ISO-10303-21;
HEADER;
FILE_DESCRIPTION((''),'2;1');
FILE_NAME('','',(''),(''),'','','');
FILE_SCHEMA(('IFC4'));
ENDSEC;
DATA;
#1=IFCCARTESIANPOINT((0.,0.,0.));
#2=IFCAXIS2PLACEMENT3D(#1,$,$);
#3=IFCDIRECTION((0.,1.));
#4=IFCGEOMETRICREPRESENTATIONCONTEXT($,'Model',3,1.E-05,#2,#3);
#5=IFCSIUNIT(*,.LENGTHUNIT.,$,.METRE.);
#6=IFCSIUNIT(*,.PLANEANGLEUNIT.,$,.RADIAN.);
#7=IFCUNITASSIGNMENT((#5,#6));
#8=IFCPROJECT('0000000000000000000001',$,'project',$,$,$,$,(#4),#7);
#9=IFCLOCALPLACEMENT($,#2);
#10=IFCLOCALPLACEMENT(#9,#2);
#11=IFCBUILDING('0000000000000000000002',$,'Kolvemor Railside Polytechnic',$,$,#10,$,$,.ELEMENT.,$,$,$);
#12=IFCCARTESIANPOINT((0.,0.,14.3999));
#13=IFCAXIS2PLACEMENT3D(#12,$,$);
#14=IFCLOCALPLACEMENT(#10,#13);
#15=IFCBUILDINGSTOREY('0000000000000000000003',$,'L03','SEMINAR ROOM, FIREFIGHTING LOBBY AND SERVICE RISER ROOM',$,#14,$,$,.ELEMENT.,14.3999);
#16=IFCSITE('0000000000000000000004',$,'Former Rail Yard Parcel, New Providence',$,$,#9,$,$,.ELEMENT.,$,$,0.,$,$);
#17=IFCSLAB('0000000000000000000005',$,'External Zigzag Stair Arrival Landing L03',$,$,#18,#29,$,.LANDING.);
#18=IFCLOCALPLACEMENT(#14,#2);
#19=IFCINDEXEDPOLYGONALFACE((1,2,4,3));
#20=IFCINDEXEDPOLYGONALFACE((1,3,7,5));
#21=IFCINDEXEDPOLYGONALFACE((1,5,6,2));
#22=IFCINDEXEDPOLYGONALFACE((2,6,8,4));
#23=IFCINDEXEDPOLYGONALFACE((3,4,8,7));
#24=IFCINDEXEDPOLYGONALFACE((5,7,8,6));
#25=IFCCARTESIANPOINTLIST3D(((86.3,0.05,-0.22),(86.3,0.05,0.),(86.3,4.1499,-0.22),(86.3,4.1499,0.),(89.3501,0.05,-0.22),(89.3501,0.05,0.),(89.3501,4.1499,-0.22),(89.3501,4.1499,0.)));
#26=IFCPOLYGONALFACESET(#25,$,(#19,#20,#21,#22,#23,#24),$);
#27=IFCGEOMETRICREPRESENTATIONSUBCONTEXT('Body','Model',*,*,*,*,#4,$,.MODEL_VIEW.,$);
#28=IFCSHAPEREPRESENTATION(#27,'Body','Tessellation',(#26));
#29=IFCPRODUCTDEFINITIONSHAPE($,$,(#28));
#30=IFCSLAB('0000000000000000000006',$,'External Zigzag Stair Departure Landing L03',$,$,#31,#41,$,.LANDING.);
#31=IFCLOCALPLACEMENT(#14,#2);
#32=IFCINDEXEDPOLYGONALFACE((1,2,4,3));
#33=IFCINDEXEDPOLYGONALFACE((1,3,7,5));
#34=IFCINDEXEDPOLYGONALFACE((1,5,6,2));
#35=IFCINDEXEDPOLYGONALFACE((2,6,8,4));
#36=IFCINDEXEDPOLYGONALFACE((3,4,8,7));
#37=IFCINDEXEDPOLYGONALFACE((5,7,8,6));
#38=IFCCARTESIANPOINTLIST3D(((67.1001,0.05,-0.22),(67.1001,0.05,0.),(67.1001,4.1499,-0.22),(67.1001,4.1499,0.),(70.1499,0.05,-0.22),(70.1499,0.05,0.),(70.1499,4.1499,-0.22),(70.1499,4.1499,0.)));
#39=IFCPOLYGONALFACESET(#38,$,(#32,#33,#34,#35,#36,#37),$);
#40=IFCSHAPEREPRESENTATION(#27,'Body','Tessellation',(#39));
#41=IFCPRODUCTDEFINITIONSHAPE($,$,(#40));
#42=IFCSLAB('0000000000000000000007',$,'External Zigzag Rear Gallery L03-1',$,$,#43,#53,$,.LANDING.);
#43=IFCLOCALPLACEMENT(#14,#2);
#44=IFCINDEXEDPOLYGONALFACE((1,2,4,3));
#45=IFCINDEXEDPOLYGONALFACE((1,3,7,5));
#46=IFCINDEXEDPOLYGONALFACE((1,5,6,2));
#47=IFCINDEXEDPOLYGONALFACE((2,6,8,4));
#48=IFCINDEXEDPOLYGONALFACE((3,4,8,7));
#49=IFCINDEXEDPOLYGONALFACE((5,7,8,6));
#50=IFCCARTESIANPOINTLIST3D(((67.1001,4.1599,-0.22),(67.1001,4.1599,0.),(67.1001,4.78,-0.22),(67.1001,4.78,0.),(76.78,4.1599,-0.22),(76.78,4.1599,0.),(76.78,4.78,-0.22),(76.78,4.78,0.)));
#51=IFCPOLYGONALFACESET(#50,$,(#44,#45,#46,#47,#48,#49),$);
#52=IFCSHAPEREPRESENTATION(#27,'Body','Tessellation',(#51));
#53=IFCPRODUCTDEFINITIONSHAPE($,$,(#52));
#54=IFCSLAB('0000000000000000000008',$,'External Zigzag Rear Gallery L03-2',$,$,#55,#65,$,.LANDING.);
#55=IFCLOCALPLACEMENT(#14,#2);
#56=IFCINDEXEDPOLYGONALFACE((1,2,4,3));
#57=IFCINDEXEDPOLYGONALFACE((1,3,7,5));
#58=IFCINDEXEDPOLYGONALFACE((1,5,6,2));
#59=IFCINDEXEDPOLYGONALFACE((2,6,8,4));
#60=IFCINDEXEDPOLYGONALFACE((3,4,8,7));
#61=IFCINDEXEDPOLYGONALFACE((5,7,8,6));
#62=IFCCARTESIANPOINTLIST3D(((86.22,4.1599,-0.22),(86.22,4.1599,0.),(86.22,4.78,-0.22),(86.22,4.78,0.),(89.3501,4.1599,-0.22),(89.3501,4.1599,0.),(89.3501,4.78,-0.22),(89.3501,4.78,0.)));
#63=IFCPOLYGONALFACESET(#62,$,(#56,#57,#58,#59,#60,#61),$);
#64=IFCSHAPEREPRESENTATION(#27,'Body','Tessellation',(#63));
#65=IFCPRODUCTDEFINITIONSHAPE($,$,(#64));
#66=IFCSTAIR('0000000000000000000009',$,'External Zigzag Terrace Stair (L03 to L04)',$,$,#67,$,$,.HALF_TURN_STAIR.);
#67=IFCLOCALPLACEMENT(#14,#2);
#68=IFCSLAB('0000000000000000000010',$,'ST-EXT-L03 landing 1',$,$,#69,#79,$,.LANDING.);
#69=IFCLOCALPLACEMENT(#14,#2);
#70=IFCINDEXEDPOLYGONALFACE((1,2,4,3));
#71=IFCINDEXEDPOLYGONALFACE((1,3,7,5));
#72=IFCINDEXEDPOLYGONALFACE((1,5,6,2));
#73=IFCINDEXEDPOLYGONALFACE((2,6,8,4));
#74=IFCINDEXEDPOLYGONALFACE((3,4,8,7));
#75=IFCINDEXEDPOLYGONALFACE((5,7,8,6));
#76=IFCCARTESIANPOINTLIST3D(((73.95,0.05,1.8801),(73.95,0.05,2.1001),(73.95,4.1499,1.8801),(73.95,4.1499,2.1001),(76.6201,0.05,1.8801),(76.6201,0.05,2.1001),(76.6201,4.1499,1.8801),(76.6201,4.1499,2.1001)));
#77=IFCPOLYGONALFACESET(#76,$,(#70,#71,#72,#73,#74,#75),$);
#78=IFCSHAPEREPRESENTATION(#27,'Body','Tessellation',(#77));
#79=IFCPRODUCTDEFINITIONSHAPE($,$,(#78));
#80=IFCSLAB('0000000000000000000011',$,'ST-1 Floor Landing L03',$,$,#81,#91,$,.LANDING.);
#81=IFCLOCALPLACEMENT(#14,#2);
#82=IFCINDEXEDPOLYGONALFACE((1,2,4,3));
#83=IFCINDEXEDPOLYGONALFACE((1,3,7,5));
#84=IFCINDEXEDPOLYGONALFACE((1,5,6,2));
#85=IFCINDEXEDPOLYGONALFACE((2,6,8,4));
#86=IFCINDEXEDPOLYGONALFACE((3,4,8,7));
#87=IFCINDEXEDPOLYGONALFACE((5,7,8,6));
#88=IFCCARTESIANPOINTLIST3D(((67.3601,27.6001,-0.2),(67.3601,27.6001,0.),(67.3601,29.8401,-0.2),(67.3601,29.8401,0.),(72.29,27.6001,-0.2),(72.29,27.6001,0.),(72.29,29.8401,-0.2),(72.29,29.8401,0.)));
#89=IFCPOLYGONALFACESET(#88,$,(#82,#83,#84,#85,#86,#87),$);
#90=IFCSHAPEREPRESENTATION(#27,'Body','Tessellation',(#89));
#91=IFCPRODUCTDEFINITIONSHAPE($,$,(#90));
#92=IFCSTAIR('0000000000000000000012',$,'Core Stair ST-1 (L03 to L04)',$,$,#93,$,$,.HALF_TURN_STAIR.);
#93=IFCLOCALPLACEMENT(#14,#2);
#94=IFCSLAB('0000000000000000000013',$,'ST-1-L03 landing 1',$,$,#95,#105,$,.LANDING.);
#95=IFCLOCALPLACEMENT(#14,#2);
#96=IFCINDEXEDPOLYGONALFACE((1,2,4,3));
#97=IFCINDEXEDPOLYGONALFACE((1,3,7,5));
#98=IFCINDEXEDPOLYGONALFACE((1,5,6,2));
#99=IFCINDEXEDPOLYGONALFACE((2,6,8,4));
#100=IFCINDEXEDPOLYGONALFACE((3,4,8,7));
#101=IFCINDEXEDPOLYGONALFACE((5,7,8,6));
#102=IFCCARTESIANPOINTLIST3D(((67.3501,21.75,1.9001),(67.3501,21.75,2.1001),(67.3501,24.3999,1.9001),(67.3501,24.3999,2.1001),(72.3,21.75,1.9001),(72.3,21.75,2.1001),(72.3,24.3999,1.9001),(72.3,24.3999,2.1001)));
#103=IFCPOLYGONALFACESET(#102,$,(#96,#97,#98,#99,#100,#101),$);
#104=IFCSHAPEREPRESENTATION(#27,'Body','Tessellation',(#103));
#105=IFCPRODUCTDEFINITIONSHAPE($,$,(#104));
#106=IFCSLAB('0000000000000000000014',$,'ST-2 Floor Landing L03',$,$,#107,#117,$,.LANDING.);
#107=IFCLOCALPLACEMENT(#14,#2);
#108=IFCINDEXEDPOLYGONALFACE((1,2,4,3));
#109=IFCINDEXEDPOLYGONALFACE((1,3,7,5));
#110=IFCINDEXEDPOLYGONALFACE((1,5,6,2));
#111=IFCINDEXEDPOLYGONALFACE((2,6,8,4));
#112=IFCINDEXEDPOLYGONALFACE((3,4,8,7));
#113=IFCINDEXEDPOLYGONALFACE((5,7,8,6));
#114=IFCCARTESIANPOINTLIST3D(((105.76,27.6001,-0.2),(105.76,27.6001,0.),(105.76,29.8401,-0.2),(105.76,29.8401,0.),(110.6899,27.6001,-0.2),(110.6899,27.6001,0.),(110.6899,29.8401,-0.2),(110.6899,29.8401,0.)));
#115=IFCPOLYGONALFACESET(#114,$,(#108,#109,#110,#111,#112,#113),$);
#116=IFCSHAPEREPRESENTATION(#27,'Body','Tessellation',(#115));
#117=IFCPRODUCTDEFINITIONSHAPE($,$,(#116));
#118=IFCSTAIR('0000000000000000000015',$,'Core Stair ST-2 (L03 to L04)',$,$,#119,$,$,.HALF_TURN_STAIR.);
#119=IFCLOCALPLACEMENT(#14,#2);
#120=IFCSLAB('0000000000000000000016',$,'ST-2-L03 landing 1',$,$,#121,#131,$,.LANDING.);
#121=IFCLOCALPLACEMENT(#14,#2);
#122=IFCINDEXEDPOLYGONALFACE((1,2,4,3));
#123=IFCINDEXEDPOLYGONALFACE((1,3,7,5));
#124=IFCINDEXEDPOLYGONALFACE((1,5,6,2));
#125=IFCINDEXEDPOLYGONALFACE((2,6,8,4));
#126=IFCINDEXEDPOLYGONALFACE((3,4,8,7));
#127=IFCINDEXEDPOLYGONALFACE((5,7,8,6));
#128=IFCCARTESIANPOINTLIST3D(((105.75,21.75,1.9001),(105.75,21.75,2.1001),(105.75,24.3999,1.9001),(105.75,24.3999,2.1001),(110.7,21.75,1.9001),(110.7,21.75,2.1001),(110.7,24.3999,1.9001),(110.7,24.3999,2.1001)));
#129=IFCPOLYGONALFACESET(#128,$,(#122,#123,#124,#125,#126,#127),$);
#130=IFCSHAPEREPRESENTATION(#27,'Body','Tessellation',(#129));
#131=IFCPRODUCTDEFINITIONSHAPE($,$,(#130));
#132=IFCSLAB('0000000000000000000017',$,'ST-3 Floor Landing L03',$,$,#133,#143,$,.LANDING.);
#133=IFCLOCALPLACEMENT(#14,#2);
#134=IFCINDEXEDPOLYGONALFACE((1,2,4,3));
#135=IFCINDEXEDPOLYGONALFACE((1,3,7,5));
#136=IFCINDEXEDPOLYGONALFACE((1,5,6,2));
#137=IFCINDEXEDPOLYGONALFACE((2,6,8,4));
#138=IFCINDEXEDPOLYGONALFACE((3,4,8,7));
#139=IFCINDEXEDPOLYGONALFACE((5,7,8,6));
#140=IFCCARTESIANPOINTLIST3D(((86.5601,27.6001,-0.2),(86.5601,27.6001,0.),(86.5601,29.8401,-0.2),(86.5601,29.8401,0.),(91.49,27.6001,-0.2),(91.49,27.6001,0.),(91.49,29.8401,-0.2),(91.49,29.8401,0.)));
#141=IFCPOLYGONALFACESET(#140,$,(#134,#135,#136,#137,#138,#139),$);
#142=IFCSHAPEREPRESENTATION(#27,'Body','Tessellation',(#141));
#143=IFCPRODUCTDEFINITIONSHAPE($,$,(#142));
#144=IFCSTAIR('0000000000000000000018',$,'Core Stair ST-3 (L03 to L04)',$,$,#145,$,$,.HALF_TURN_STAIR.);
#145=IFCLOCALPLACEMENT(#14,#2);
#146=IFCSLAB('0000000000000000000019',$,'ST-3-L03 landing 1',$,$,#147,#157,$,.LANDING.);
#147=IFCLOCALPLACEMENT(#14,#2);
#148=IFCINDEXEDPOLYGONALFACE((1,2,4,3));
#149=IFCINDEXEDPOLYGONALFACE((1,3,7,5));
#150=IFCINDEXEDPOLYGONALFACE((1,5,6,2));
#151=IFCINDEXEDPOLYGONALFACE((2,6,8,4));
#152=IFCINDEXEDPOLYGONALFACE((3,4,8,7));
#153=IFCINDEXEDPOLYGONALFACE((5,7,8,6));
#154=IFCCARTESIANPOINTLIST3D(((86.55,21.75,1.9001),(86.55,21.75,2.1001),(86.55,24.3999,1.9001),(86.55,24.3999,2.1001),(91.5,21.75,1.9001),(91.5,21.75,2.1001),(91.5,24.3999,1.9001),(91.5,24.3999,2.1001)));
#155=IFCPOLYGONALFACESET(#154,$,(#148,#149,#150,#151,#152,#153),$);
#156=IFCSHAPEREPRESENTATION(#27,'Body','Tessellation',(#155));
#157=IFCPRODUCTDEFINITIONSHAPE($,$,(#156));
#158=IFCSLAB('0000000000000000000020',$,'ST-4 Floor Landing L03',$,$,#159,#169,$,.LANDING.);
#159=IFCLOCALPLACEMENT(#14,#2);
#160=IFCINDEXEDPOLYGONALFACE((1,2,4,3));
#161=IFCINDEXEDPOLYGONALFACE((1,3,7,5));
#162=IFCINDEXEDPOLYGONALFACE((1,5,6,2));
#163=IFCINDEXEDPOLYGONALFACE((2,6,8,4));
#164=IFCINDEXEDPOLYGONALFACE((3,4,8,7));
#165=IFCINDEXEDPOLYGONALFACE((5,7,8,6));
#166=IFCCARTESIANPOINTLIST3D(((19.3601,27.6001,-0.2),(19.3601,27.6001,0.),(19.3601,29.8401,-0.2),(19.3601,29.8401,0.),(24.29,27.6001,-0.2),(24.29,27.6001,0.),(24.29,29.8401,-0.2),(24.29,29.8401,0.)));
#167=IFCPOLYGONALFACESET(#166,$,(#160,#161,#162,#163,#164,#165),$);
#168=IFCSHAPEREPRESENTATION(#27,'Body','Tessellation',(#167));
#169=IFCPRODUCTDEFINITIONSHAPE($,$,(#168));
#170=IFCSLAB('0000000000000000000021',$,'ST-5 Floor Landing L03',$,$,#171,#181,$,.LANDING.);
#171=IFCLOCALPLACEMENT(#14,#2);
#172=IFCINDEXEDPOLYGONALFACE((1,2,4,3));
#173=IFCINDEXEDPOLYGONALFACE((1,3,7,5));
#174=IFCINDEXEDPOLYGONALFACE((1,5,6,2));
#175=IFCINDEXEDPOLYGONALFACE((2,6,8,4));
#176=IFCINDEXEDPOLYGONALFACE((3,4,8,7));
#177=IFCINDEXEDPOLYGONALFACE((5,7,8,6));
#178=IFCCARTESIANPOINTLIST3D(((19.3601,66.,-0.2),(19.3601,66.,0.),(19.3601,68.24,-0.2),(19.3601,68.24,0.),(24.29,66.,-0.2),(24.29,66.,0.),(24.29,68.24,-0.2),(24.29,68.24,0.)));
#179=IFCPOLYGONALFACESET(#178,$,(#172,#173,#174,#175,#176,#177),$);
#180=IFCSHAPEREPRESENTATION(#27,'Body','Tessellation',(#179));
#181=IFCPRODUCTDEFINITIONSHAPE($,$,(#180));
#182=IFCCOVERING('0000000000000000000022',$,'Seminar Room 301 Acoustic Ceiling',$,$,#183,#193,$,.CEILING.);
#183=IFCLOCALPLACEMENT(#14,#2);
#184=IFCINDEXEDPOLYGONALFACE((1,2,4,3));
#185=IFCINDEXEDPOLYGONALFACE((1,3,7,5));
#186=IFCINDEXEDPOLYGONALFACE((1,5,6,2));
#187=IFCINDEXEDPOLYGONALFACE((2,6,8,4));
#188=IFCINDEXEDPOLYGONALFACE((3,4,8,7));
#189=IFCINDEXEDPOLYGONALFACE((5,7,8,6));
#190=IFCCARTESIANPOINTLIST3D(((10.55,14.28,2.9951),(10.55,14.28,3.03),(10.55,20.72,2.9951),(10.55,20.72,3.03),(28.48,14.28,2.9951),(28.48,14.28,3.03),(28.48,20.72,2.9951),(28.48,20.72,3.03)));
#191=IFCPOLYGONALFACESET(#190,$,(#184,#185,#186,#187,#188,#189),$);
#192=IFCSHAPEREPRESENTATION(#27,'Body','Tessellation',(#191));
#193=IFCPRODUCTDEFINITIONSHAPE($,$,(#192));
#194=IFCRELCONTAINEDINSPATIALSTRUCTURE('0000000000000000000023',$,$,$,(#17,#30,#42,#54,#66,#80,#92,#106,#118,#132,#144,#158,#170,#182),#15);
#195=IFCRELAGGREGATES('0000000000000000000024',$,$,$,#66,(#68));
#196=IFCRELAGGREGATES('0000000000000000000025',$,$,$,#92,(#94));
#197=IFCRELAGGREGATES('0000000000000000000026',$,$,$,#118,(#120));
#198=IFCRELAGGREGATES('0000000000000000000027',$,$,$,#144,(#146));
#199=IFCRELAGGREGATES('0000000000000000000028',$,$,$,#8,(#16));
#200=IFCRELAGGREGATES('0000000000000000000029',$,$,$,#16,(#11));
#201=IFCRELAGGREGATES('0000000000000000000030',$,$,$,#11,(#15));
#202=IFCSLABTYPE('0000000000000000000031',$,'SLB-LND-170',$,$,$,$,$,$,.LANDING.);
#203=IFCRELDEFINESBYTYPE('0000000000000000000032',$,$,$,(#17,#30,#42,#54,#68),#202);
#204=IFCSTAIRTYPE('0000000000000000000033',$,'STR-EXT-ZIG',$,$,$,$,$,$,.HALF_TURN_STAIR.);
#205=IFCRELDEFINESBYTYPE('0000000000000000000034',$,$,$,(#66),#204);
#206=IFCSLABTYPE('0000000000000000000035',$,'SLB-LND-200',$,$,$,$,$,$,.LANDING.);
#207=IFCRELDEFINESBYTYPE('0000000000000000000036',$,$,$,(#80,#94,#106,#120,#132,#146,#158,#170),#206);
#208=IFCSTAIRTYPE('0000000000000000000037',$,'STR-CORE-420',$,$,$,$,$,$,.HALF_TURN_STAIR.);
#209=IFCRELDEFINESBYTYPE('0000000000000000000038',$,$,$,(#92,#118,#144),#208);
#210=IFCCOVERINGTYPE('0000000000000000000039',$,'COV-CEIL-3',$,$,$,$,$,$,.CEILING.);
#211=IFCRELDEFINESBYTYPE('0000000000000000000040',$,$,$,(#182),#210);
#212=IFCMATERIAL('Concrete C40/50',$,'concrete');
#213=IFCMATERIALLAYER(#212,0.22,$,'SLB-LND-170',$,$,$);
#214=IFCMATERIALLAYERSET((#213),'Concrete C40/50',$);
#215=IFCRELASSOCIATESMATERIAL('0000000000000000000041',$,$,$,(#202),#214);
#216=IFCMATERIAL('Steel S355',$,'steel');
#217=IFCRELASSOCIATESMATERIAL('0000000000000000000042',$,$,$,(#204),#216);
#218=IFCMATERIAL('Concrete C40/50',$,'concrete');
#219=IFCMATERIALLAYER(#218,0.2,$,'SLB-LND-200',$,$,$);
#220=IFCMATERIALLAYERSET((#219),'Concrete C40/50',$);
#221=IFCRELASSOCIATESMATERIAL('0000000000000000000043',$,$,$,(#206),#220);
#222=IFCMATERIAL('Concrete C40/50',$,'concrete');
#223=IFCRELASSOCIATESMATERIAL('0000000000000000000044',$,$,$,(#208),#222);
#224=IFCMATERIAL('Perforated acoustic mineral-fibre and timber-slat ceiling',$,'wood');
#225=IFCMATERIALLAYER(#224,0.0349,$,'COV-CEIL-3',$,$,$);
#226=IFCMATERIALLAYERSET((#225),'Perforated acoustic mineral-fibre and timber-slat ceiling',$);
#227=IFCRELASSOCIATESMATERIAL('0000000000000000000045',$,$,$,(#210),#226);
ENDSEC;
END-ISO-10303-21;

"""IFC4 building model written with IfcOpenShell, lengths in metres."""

from ifc_helpers import new_model, si_unit, direction, frame, origin, place, context, subcontext, project, spatial, polyline, outline, extrude, material, layer, layer_set, type_object, element, aggregate, save


model = new_model("IFC4")

# Units and contexts
model_context = context("Model", 3, precision=1e-05, world=origin(), true_north=direction((0.0, 1.0)))
body_context = subcontext(model_context, "Body", "Model", "MODEL_VIEW")
ifc_project = project(units=[si_unit("LENGTHUNIT", "METRE"), si_unit("PLANEANGLEUNIT", "RADIAN")], contexts=[model_context])

# Site, building, storey
site_placement = place(None, origin())
site = spatial("IfcSite", under=ifc_project, at=site_placement, Name="Former Rail Yard Parcel, New Providence", CompositionType="ELEMENT", RefElevation=0.0)
building_placement = place(site_placement, origin())
building = spatial("IfcBuilding", under=site, at=building_placement, Name="Kolvemor Railside Polytechnic", CompositionType="ELEMENT")
storey_placement = place(building_placement, frame((0.0, 0.0, 14.3999)))
storey = spatial("IfcBuildingStorey", under=building, at=storey_placement, Name="L03", Description="SEMINAR ROOM, FIREFIGHTING LOBBY AND SERVICE RISER ROOM", CompositionType="ELEMENT", Elevation=14.3999)

# Slabs
ifc_material_1 = material(Name="Concrete C40/50", Category="concrete")
ifc_layer_1 = layer(ifc_material_1, 0.22, Name="SLB-LND-170")
ifc_layer_set_1 = layer_set([ifc_layer_1], Name="Concrete C40/50")
slab_type_1 = type_object("IfcSlabType", Name="SLB-LND-170", PredefinedType="LANDING", material=ifc_layer_set_1)
slab_1_placement = place(storey_placement, frame((0.0, 0.0, -0.22)))
element("IfcSlab", 1, at=slab_1_placement, inside=storey, type_object=slab_type_1, Name="External Zigzag Stair Arrival Landing L03", PredefinedType="LANDING", context=body_context, shape_type="SweptSolid", body=[
    extrude(outline(polyline([(86.3, 0.05), (89.3501, 0.05), (89.3501, 4.1499), (86.3, 4.1499), (86.3, 0.05)])), origin(), (0.0, 0.0, 1.0), 0.22),
])
slab_2_placement = place(storey_placement, frame((0.0, 0.0, -0.22)))
element("IfcSlab", 2, at=slab_2_placement, inside=storey, type_object=slab_type_1, Name="External Zigzag Stair Departure Landing L03", PredefinedType="LANDING", context=body_context, shape_type="SweptSolid", body=[
    extrude(outline(polyline([(67.1001, 0.05), (70.1499, 0.05), (70.1499, 4.1499), (67.1001, 4.1499), (67.1001, 0.05)])), origin(), (0.0, 0.0, 1.0), 0.22),
])
slab_3_placement = place(storey_placement, frame((0.0, 0.0, -0.22)))
element("IfcSlab", 3, at=slab_3_placement, inside=storey, type_object=slab_type_1, Name="External Zigzag Rear Gallery L03-1", PredefinedType="LANDING", context=body_context, shape_type="SweptSolid", body=[
    extrude(outline(polyline([(67.1001, 4.1599), (76.78, 4.1599), (76.78, 4.78), (67.1001, 4.78), (67.1001, 4.1599)])), origin(), (0.0, 0.0, 1.0), 0.22),
])
slab_4_placement = place(storey_placement, frame((0.0, 0.0, -0.22)))
element("IfcSlab", 4, at=slab_4_placement, inside=storey, type_object=slab_type_1, Name="External Zigzag Rear Gallery L03-2", PredefinedType="LANDING", context=body_context, shape_type="SweptSolid", body=[
    extrude(outline(polyline([(86.22, 4.1599), (89.3501, 4.1599), (89.3501, 4.78), (86.22, 4.78), (86.22, 4.1599)])), origin(), (0.0, 0.0, 1.0), 0.22),
])

# Stair, slab
ifc_material_2 = material(Name="Steel S355", Category="steel")
stair_type_1 = type_object("IfcStairType", Name="STR-EXT-ZIG", PredefinedType="HALF_TURN_STAIR", material=ifc_material_2)
stair_1_placement = place(storey_placement, origin())
stair_1 = element("IfcStair", 5, at=stair_1_placement, inside=storey, type_object=stair_type_1, Name="External Zigzag Terrace Stair (L03 to L04)", PredefinedType="HALF_TURN_STAIR")
slab_5_placement = place(storey_placement, frame((0.0, 0.0, 1.8801)))
slab_5 = element("IfcSlab", 6, at=slab_5_placement, type_object=slab_type_1, Name="ST-EXT-L03 landing 1", PredefinedType="LANDING", context=body_context, shape_type="SweptSolid", body=[
    extrude(outline(polyline([(73.95, 0.05), (76.6201, 0.05), (76.6201, 4.1499), (73.95, 4.1499), (73.95, 0.05)])), origin(), (0.0, 0.0, 1.0), 0.22),
])
aggregate(stair_1, [slab_5])

# Slab
ifc_material_3 = material(Name="Concrete C40/50", Category="concrete")
ifc_layer_2 = layer(ifc_material_3, 0.2, Name="SLB-LND-200")
ifc_layer_set_2 = layer_set([ifc_layer_2], Name="Concrete C40/50")
slab_type_2 = type_object("IfcSlabType", Name="SLB-LND-200", PredefinedType="LANDING", material=ifc_layer_set_2)
slab_6_placement = place(storey_placement, frame((0.0, 0.0, -0.2)))
element("IfcSlab", 7, at=slab_6_placement, inside=storey, type_object=slab_type_2, Name="ST-1 Floor Landing L03", PredefinedType="LANDING", context=body_context, shape_type="SweptSolid", body=[
    extrude(outline(polyline([(67.3601, 27.6001), (72.29, 27.6001), (72.29, 29.8401), (67.3601, 29.8401), (67.3601, 27.6001)])), origin(), (0.0, 0.0, 1.0), 0.2),
])

# Stair, slab
ifc_material_4 = material(Name="Concrete C40/50", Category="concrete")
stair_type_2 = type_object("IfcStairType", Name="STR-CORE-420", PredefinedType="HALF_TURN_STAIR", material=ifc_material_4)
stair_2_placement = place(storey_placement, origin())
stair_2 = element("IfcStair", 8, at=stair_2_placement, inside=storey, type_object=stair_type_2, Name="Core Stair ST-1 (L03 to L04)", PredefinedType="HALF_TURN_STAIR")
slab_7_placement = place(storey_placement, frame((0.0, 0.0, 1.9001)))
slab_7 = element("IfcSlab", 9, at=slab_7_placement, type_object=slab_type_2, Name="ST-1-L03 landing 1", PredefinedType="LANDING", context=body_context, shape_type="SweptSolid", body=[
    extrude(outline(polyline([(67.3501, 21.75), (72.3, 21.75), (72.3, 24.3999), (67.3501, 24.3999), (67.3501, 21.75)])), origin(), (0.0, 0.0, 1.0), 0.2),
])
aggregate(stair_2, [slab_7])

# Slab
slab_8_placement = place(storey_placement, frame((0.0, 0.0, -0.2)))
element("IfcSlab", 10, at=slab_8_placement, inside=storey, type_object=slab_type_2, Name="ST-2 Floor Landing L03", PredefinedType="LANDING", context=body_context, shape_type="SweptSolid", body=[
    extrude(outline(polyline([(105.76, 27.6001), (110.6899, 27.6001), (110.6899, 29.8401), (105.76, 29.8401), (105.76, 27.6001)])), origin(), (0.0, 0.0, 1.0), 0.2),
])

# Stair, slab
stair_3_placement = place(storey_placement, origin())
stair_3 = element("IfcStair", 11, at=stair_3_placement, inside=storey, type_object=stair_type_2, Name="Core Stair ST-2 (L03 to L04)", PredefinedType="HALF_TURN_STAIR")
slab_9_placement = place(storey_placement, frame((0.0, 0.0, 1.9001)))
slab_9 = element("IfcSlab", 12, at=slab_9_placement, type_object=slab_type_2, Name="ST-2-L03 landing 1", PredefinedType="LANDING", context=body_context, shape_type="SweptSolid", body=[
    extrude(outline(polyline([(105.75, 21.75), (110.7, 21.75), (110.7, 24.3999), (105.75, 24.3999), (105.75, 21.75)])), origin(), (0.0, 0.0, 1.0), 0.2),
])
aggregate(stair_3, [slab_9])

# Slab
slab_10_placement = place(storey_placement, frame((0.0, 0.0, -0.2)))
element("IfcSlab", 13, at=slab_10_placement, inside=storey, type_object=slab_type_2, Name="ST-3 Floor Landing L03", PredefinedType="LANDING", context=body_context, shape_type="SweptSolid", body=[
    extrude(outline(polyline([(86.5601, 27.6001), (91.49, 27.6001), (91.49, 29.8401), (86.5601, 29.8401), (86.5601, 27.6001)])), origin(), (0.0, 0.0, 1.0), 0.2),
])

# Stair, slab
stair_4_placement = place(storey_placement, origin())
stair_4 = element("IfcStair", 14, at=stair_4_placement, inside=storey, type_object=stair_type_2, Name="Core Stair ST-3 (L03 to L04)", PredefinedType="HALF_TURN_STAIR")
slab_11_placement = place(storey_placement, frame((0.0, 0.0, 1.9001)))
slab_11 = element("IfcSlab", 15, at=slab_11_placement, type_object=slab_type_2, Name="ST-3-L03 landing 1", PredefinedType="LANDING", context=body_context, shape_type="SweptSolid", body=[
    extrude(outline(polyline([(86.55, 21.75), (91.5, 21.75), (91.5, 24.3999), (86.55, 24.3999), (86.55, 21.75)])), origin(), (0.0, 0.0, 1.0), 0.2),
])
aggregate(stair_4, [slab_11])

# Slabs
slab_12_placement = place(storey_placement, frame((0.0, 0.0, -0.2)))
element("IfcSlab", 16, at=slab_12_placement, inside=storey, type_object=slab_type_2, Name="ST-4 Floor Landing L03", PredefinedType="LANDING", context=body_context, shape_type="SweptSolid", body=[
    extrude(outline(polyline([(19.3601, 27.6001), (24.29, 27.6001), (24.29, 29.8401), (19.3601, 29.8401), (19.3601, 27.6001)])), origin(), (0.0, 0.0, 1.0), 0.2),
])
slab_13_placement = place(storey_placement, frame((0.0, 0.0, -0.2)))
element("IfcSlab", 17, at=slab_13_placement, inside=storey, type_object=slab_type_2, Name="ST-5 Floor Landing L03", PredefinedType="LANDING", context=body_context, shape_type="SweptSolid", body=[
    extrude(outline(polyline([(19.3601, 66.0), (24.29, 66.0), (24.29, 68.24), (19.3601, 68.24), (19.3601, 66.0)])), origin(), (0.0, 0.0, 1.0), 0.2),
])

# Covering
ifc_material_5 = material(Name="Perforated acoustic mineral-fibre and timber-slat ceiling", Category="wood")
ifc_layer_3 = layer(ifc_material_5, 0.0349, Name="COV-CEIL-3")
ifc_layer_set_3 = layer_set([ifc_layer_3], Name="Perforated acoustic mineral-fibre and timber-slat ceiling")
covering_type_1 = type_object("IfcCoveringType", Name="COV-CEIL-3", PredefinedType="CEILING", material=ifc_layer_set_3)
covering_1_placement = place(storey_placement, frame((0.0, 0.0, 2.9951)))
element("IfcCovering", 18, at=covering_1_placement, inside=storey, type_object=covering_type_1, Name="Seminar Room 301 Acoustic Ceiling", PredefinedType="CEILING", context=body_context, shape_type="SweptSolid", body=[
    extrude(outline(polyline([(10.55, 14.28), (28.48, 14.28), (28.48, 20.72), (10.55, 20.72), (10.55, 14.28)])), origin(), (0.0, 0.0, 1.0), 0.0349),
])

save(model, "model.ifc")
